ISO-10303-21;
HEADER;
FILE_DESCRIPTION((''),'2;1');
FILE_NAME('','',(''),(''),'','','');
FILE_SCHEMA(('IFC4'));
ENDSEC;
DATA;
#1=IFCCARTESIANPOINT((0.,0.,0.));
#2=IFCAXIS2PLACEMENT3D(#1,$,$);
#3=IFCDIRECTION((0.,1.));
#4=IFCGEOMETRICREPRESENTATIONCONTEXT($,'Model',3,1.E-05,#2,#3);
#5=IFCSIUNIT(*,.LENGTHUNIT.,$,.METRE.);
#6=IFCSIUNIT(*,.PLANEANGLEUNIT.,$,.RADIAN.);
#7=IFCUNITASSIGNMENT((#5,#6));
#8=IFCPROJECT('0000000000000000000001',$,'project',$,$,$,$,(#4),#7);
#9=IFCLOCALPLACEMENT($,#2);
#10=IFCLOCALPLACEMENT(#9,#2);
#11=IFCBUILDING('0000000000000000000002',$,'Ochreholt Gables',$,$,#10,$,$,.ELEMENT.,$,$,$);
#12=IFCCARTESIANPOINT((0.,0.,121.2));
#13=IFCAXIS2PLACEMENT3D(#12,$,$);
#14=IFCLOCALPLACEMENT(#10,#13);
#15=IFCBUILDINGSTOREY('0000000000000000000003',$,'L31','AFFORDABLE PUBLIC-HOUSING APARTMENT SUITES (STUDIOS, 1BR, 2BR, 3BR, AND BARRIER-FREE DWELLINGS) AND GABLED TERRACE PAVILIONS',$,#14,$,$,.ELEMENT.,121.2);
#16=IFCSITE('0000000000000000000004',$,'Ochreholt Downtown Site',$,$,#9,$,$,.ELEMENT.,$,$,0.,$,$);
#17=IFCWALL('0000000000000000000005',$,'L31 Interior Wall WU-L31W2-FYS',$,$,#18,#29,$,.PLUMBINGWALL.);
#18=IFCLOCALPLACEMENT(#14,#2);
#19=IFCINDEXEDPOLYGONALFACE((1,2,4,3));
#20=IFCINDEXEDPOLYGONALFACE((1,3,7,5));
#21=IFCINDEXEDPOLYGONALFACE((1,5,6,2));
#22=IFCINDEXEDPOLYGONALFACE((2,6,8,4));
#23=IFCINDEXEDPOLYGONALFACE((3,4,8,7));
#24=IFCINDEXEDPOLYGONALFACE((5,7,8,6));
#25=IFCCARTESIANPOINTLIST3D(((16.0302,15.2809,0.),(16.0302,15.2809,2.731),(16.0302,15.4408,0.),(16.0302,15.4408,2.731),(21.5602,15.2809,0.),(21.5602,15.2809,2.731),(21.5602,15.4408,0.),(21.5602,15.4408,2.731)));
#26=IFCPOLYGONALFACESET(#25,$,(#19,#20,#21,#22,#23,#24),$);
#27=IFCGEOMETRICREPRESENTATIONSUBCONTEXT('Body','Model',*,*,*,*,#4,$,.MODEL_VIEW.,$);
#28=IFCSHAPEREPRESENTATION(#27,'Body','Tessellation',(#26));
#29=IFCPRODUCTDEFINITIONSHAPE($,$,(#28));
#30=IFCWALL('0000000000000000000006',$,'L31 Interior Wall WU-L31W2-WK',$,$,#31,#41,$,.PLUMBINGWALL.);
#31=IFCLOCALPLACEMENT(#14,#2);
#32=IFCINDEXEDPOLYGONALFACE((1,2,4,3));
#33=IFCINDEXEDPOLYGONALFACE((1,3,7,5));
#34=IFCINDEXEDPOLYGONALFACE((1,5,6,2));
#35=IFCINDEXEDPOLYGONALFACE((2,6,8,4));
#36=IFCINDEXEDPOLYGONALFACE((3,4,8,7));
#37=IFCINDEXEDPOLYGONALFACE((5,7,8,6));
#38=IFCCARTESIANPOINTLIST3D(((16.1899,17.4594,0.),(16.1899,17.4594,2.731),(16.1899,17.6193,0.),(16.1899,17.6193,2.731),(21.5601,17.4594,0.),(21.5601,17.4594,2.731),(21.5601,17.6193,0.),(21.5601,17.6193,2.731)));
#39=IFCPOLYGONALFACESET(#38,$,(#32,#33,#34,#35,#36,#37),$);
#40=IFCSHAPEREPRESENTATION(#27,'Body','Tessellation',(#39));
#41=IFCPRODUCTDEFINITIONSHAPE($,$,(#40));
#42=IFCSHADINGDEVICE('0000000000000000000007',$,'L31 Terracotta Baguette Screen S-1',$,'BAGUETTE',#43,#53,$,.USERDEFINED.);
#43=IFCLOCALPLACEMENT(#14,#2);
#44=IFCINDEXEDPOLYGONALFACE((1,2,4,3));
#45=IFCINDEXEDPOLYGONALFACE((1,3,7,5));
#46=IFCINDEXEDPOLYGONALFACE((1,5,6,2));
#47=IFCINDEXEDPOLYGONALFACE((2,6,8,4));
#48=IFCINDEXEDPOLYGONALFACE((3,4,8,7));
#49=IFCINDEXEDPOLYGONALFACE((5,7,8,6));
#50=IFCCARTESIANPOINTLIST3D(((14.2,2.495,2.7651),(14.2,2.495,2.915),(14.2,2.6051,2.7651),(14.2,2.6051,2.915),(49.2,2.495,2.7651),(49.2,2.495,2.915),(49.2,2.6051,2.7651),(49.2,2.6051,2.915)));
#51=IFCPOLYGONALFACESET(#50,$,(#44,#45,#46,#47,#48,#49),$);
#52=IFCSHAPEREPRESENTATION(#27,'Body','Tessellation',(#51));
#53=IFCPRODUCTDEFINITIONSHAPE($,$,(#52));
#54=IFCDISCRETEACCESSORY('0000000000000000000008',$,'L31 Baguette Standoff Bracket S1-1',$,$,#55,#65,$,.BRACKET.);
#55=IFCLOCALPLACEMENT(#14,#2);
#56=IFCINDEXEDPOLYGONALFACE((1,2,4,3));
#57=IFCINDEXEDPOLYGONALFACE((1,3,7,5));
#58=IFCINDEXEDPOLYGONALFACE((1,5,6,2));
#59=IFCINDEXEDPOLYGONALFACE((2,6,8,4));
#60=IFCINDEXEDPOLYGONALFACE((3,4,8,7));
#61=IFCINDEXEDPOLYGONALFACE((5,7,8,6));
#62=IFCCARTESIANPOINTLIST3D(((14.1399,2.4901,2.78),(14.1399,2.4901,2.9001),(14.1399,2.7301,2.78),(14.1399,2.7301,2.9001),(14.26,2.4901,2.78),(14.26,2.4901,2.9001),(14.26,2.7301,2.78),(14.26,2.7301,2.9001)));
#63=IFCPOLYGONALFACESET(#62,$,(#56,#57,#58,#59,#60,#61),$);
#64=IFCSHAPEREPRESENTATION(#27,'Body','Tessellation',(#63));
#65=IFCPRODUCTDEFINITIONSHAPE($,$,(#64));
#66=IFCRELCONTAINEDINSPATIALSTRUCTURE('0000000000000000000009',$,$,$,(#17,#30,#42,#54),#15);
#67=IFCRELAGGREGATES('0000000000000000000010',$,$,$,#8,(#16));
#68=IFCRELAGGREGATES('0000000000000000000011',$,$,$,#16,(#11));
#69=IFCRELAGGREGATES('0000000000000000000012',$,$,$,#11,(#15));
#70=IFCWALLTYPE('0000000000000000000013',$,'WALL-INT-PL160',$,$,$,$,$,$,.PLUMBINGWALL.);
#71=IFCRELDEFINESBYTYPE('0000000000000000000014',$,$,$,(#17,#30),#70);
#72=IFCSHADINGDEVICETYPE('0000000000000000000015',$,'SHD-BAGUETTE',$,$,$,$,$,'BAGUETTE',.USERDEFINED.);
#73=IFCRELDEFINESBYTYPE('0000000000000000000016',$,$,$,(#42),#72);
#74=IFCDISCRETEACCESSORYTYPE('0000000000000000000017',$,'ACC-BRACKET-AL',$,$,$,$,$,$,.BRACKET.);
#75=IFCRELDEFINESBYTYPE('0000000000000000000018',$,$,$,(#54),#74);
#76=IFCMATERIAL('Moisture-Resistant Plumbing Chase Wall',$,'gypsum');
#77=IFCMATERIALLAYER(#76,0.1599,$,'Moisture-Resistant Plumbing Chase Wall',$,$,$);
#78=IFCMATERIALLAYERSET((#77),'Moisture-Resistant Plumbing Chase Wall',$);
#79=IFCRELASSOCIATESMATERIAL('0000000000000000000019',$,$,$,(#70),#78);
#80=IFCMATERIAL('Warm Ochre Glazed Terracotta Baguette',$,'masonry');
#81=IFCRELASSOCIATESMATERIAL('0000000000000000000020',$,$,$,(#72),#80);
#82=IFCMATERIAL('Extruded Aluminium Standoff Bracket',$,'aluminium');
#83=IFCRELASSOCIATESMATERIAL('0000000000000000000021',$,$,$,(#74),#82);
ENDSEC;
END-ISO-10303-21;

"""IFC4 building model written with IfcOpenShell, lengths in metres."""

from ifc_helpers import new_model, si_unit, direction, frame, frame_2d, origin, origin_2d, place, context, subcontext, project, spatial, rectangle, extrude, material, layer, layer_set, material_profile, profile_set, type_object, element, save


model = new_model("IFC4")

# Units and contexts
model_context = context("Model", 3, precision=1e-05, world=origin(), true_north=direction((0.0, 1.0)))
body_context = subcontext(model_context, "Body", "Model", "MODEL_VIEW")
ifc_project = project(units=[si_unit("LENGTHUNIT", "METRE"), si_unit("PLANEANGLEUNIT", "RADIAN")], contexts=[model_context])

# Site, building, storey
site_placement = place(None, origin())
site = spatial("IfcSite", under=ifc_project, at=site_placement, Name="Ochreholt Downtown Site", CompositionType="ELEMENT", RefElevation=0.0)
building_placement = place(site_placement, origin())
building = spatial("IfcBuilding", under=site, at=building_placement, Name="Ochreholt Gables", CompositionType="ELEMENT")
storey_placement = place(building_placement, frame((0.0, 0.0, 121.2)))
storey = spatial("IfcBuildingStorey", under=building, at=storey_placement, Name="L31", Description="AFFORDABLE PUBLIC-HOUSING APARTMENT SUITES (STUDIOS, 1BR, 2BR, 3BR, AND BARRIER-FREE DWELLINGS) AND GABLED TERRACE PAVILIONS", CompositionType="ELEMENT", Elevation=121.2)

# Shared definitions
ifc_material_1 = material(Name="Moisture-Resistant Plumbing Chase Wall", Category="gypsum")
ifc_layer_1 = layer(ifc_material_1, 0.1599, Name="Moisture-Resistant Plumbing Chase Wall")
ifc_layer_set_1 = layer_set([ifc_layer_1], Name="Moisture-Resistant Plumbing Chase Wall")
wall_type_1 = type_object("IfcWallType", Name="WALL-INT-PL160", PredefinedType="PLUMBINGWALL", material=ifc_layer_set_1)

# Wall
wall_1_placement = place(storey_placement, frame((16.03, 15.3608, 0.0), z_axis=(0.0, 0.0, 1.0), x_axis=(1.0, 0.0, 0.0)))
element("IfcWall", 1, at=wall_1_placement, inside=storey, type_object=wall_type_1, Name="L31 Interior Wall WU-L31W2-FYS", PredefinedType="PLUMBINGWALL", context=body_context, shape_type="SweptSolid", body=[
    extrude(rectangle(XDim=5.53, YDim=0.1599, at=frame_2d((2.7651, 0.0))), origin(), (0.0, 0.0, 1.0), 2.731),
])

# Wall
wall_2_placement = place(storey_placement, frame((16.1899, 17.5393, 0.0), z_axis=(0.0, 0.0, 1.0), x_axis=(1.0, 0.0, 0.0)))
element("IfcWall", 2, at=wall_2_placement, inside=storey, type_object=wall_type_1, Name="L31 Interior Wall WU-L31W2-WK", PredefinedType="PLUMBINGWALL", context=body_context, shape_type="SweptSolid", body=[
    extrude(rectangle(XDim=5.3701, YDim=0.1599, at=frame_2d((2.6851, 0.0))), origin(), (0.0, 0.0, 1.0), 2.731),
])

# Shading device
ifc_material_2 = material(Name="Warm Ochre Glazed Terracotta Baguette", Category="masonry")
ifc_material_profile_1 = material_profile(ifc_material_2, rectangle(XDim=0.1101, YDim=0.1499, at=origin_2d()), Name="TCBAG110X150")
ifc_profile_set_1 = profile_set([ifc_material_profile_1], Name="Warm Ochre Glazed Terracotta Baguette")
shading_device_type = type_object("IfcShadingDeviceType", Name="SHD-BAGUETTE", ElementType="BAGUETTE", PredefinedType="USERDEFINED", material=ifc_profile_set_1)
shading_device_placement = place(storey_placement, frame((14.2, 2.55, 2.8401), z_axis=(1.0, 0.0, 0.0), x_axis=(0.0, 1.0, 0.0)))
element("IfcShadingDevice", 3, at=shading_device_placement, inside=storey, type_object=shading_device_type, Name="L31 Terracotta Baguette Screen S-1", ObjectType="BAGUETTE", PredefinedType="USERDEFINED", context=body_context, shape_type="SweptSolid", body=[
    extrude(rectangle(XDim=0.1101, YDim=0.1499, at=origin_2d()), origin(), (0.0, 0.0, 1.0), 35.0),
])

# Discrete accessory
ifc_material_3 = material(Name="Extruded Aluminium Standoff Bracket", Category="aluminium")
discrete_accessory_type = type_object("IfcDiscreteAccessoryType", Name="ACC-BRACKET-AL", PredefinedType="BRACKET", material=ifc_material_3)
discrete_accessory_placement = place(storey_placement, frame((14.2, 2.6101, 2.78), z_axis=(0.0, 0.0, 1.0), x_axis=(1.0, 0.0, 0.0)))
element("IfcDiscreteAccessory", 4, at=discrete_accessory_placement, inside=storey, type_object=discrete_accessory_type, Name="L31 Baguette Standoff Bracket S1-1", PredefinedType="BRACKET", context=body_context, shape_type="SweptSolid", body=[
    extrude(rectangle(XDim=0.1201, YDim=0.24, at=origin_2d()), origin(), (0.0, 0.0, 1.0), 0.1201),
])

save(model, "model.ifc")
